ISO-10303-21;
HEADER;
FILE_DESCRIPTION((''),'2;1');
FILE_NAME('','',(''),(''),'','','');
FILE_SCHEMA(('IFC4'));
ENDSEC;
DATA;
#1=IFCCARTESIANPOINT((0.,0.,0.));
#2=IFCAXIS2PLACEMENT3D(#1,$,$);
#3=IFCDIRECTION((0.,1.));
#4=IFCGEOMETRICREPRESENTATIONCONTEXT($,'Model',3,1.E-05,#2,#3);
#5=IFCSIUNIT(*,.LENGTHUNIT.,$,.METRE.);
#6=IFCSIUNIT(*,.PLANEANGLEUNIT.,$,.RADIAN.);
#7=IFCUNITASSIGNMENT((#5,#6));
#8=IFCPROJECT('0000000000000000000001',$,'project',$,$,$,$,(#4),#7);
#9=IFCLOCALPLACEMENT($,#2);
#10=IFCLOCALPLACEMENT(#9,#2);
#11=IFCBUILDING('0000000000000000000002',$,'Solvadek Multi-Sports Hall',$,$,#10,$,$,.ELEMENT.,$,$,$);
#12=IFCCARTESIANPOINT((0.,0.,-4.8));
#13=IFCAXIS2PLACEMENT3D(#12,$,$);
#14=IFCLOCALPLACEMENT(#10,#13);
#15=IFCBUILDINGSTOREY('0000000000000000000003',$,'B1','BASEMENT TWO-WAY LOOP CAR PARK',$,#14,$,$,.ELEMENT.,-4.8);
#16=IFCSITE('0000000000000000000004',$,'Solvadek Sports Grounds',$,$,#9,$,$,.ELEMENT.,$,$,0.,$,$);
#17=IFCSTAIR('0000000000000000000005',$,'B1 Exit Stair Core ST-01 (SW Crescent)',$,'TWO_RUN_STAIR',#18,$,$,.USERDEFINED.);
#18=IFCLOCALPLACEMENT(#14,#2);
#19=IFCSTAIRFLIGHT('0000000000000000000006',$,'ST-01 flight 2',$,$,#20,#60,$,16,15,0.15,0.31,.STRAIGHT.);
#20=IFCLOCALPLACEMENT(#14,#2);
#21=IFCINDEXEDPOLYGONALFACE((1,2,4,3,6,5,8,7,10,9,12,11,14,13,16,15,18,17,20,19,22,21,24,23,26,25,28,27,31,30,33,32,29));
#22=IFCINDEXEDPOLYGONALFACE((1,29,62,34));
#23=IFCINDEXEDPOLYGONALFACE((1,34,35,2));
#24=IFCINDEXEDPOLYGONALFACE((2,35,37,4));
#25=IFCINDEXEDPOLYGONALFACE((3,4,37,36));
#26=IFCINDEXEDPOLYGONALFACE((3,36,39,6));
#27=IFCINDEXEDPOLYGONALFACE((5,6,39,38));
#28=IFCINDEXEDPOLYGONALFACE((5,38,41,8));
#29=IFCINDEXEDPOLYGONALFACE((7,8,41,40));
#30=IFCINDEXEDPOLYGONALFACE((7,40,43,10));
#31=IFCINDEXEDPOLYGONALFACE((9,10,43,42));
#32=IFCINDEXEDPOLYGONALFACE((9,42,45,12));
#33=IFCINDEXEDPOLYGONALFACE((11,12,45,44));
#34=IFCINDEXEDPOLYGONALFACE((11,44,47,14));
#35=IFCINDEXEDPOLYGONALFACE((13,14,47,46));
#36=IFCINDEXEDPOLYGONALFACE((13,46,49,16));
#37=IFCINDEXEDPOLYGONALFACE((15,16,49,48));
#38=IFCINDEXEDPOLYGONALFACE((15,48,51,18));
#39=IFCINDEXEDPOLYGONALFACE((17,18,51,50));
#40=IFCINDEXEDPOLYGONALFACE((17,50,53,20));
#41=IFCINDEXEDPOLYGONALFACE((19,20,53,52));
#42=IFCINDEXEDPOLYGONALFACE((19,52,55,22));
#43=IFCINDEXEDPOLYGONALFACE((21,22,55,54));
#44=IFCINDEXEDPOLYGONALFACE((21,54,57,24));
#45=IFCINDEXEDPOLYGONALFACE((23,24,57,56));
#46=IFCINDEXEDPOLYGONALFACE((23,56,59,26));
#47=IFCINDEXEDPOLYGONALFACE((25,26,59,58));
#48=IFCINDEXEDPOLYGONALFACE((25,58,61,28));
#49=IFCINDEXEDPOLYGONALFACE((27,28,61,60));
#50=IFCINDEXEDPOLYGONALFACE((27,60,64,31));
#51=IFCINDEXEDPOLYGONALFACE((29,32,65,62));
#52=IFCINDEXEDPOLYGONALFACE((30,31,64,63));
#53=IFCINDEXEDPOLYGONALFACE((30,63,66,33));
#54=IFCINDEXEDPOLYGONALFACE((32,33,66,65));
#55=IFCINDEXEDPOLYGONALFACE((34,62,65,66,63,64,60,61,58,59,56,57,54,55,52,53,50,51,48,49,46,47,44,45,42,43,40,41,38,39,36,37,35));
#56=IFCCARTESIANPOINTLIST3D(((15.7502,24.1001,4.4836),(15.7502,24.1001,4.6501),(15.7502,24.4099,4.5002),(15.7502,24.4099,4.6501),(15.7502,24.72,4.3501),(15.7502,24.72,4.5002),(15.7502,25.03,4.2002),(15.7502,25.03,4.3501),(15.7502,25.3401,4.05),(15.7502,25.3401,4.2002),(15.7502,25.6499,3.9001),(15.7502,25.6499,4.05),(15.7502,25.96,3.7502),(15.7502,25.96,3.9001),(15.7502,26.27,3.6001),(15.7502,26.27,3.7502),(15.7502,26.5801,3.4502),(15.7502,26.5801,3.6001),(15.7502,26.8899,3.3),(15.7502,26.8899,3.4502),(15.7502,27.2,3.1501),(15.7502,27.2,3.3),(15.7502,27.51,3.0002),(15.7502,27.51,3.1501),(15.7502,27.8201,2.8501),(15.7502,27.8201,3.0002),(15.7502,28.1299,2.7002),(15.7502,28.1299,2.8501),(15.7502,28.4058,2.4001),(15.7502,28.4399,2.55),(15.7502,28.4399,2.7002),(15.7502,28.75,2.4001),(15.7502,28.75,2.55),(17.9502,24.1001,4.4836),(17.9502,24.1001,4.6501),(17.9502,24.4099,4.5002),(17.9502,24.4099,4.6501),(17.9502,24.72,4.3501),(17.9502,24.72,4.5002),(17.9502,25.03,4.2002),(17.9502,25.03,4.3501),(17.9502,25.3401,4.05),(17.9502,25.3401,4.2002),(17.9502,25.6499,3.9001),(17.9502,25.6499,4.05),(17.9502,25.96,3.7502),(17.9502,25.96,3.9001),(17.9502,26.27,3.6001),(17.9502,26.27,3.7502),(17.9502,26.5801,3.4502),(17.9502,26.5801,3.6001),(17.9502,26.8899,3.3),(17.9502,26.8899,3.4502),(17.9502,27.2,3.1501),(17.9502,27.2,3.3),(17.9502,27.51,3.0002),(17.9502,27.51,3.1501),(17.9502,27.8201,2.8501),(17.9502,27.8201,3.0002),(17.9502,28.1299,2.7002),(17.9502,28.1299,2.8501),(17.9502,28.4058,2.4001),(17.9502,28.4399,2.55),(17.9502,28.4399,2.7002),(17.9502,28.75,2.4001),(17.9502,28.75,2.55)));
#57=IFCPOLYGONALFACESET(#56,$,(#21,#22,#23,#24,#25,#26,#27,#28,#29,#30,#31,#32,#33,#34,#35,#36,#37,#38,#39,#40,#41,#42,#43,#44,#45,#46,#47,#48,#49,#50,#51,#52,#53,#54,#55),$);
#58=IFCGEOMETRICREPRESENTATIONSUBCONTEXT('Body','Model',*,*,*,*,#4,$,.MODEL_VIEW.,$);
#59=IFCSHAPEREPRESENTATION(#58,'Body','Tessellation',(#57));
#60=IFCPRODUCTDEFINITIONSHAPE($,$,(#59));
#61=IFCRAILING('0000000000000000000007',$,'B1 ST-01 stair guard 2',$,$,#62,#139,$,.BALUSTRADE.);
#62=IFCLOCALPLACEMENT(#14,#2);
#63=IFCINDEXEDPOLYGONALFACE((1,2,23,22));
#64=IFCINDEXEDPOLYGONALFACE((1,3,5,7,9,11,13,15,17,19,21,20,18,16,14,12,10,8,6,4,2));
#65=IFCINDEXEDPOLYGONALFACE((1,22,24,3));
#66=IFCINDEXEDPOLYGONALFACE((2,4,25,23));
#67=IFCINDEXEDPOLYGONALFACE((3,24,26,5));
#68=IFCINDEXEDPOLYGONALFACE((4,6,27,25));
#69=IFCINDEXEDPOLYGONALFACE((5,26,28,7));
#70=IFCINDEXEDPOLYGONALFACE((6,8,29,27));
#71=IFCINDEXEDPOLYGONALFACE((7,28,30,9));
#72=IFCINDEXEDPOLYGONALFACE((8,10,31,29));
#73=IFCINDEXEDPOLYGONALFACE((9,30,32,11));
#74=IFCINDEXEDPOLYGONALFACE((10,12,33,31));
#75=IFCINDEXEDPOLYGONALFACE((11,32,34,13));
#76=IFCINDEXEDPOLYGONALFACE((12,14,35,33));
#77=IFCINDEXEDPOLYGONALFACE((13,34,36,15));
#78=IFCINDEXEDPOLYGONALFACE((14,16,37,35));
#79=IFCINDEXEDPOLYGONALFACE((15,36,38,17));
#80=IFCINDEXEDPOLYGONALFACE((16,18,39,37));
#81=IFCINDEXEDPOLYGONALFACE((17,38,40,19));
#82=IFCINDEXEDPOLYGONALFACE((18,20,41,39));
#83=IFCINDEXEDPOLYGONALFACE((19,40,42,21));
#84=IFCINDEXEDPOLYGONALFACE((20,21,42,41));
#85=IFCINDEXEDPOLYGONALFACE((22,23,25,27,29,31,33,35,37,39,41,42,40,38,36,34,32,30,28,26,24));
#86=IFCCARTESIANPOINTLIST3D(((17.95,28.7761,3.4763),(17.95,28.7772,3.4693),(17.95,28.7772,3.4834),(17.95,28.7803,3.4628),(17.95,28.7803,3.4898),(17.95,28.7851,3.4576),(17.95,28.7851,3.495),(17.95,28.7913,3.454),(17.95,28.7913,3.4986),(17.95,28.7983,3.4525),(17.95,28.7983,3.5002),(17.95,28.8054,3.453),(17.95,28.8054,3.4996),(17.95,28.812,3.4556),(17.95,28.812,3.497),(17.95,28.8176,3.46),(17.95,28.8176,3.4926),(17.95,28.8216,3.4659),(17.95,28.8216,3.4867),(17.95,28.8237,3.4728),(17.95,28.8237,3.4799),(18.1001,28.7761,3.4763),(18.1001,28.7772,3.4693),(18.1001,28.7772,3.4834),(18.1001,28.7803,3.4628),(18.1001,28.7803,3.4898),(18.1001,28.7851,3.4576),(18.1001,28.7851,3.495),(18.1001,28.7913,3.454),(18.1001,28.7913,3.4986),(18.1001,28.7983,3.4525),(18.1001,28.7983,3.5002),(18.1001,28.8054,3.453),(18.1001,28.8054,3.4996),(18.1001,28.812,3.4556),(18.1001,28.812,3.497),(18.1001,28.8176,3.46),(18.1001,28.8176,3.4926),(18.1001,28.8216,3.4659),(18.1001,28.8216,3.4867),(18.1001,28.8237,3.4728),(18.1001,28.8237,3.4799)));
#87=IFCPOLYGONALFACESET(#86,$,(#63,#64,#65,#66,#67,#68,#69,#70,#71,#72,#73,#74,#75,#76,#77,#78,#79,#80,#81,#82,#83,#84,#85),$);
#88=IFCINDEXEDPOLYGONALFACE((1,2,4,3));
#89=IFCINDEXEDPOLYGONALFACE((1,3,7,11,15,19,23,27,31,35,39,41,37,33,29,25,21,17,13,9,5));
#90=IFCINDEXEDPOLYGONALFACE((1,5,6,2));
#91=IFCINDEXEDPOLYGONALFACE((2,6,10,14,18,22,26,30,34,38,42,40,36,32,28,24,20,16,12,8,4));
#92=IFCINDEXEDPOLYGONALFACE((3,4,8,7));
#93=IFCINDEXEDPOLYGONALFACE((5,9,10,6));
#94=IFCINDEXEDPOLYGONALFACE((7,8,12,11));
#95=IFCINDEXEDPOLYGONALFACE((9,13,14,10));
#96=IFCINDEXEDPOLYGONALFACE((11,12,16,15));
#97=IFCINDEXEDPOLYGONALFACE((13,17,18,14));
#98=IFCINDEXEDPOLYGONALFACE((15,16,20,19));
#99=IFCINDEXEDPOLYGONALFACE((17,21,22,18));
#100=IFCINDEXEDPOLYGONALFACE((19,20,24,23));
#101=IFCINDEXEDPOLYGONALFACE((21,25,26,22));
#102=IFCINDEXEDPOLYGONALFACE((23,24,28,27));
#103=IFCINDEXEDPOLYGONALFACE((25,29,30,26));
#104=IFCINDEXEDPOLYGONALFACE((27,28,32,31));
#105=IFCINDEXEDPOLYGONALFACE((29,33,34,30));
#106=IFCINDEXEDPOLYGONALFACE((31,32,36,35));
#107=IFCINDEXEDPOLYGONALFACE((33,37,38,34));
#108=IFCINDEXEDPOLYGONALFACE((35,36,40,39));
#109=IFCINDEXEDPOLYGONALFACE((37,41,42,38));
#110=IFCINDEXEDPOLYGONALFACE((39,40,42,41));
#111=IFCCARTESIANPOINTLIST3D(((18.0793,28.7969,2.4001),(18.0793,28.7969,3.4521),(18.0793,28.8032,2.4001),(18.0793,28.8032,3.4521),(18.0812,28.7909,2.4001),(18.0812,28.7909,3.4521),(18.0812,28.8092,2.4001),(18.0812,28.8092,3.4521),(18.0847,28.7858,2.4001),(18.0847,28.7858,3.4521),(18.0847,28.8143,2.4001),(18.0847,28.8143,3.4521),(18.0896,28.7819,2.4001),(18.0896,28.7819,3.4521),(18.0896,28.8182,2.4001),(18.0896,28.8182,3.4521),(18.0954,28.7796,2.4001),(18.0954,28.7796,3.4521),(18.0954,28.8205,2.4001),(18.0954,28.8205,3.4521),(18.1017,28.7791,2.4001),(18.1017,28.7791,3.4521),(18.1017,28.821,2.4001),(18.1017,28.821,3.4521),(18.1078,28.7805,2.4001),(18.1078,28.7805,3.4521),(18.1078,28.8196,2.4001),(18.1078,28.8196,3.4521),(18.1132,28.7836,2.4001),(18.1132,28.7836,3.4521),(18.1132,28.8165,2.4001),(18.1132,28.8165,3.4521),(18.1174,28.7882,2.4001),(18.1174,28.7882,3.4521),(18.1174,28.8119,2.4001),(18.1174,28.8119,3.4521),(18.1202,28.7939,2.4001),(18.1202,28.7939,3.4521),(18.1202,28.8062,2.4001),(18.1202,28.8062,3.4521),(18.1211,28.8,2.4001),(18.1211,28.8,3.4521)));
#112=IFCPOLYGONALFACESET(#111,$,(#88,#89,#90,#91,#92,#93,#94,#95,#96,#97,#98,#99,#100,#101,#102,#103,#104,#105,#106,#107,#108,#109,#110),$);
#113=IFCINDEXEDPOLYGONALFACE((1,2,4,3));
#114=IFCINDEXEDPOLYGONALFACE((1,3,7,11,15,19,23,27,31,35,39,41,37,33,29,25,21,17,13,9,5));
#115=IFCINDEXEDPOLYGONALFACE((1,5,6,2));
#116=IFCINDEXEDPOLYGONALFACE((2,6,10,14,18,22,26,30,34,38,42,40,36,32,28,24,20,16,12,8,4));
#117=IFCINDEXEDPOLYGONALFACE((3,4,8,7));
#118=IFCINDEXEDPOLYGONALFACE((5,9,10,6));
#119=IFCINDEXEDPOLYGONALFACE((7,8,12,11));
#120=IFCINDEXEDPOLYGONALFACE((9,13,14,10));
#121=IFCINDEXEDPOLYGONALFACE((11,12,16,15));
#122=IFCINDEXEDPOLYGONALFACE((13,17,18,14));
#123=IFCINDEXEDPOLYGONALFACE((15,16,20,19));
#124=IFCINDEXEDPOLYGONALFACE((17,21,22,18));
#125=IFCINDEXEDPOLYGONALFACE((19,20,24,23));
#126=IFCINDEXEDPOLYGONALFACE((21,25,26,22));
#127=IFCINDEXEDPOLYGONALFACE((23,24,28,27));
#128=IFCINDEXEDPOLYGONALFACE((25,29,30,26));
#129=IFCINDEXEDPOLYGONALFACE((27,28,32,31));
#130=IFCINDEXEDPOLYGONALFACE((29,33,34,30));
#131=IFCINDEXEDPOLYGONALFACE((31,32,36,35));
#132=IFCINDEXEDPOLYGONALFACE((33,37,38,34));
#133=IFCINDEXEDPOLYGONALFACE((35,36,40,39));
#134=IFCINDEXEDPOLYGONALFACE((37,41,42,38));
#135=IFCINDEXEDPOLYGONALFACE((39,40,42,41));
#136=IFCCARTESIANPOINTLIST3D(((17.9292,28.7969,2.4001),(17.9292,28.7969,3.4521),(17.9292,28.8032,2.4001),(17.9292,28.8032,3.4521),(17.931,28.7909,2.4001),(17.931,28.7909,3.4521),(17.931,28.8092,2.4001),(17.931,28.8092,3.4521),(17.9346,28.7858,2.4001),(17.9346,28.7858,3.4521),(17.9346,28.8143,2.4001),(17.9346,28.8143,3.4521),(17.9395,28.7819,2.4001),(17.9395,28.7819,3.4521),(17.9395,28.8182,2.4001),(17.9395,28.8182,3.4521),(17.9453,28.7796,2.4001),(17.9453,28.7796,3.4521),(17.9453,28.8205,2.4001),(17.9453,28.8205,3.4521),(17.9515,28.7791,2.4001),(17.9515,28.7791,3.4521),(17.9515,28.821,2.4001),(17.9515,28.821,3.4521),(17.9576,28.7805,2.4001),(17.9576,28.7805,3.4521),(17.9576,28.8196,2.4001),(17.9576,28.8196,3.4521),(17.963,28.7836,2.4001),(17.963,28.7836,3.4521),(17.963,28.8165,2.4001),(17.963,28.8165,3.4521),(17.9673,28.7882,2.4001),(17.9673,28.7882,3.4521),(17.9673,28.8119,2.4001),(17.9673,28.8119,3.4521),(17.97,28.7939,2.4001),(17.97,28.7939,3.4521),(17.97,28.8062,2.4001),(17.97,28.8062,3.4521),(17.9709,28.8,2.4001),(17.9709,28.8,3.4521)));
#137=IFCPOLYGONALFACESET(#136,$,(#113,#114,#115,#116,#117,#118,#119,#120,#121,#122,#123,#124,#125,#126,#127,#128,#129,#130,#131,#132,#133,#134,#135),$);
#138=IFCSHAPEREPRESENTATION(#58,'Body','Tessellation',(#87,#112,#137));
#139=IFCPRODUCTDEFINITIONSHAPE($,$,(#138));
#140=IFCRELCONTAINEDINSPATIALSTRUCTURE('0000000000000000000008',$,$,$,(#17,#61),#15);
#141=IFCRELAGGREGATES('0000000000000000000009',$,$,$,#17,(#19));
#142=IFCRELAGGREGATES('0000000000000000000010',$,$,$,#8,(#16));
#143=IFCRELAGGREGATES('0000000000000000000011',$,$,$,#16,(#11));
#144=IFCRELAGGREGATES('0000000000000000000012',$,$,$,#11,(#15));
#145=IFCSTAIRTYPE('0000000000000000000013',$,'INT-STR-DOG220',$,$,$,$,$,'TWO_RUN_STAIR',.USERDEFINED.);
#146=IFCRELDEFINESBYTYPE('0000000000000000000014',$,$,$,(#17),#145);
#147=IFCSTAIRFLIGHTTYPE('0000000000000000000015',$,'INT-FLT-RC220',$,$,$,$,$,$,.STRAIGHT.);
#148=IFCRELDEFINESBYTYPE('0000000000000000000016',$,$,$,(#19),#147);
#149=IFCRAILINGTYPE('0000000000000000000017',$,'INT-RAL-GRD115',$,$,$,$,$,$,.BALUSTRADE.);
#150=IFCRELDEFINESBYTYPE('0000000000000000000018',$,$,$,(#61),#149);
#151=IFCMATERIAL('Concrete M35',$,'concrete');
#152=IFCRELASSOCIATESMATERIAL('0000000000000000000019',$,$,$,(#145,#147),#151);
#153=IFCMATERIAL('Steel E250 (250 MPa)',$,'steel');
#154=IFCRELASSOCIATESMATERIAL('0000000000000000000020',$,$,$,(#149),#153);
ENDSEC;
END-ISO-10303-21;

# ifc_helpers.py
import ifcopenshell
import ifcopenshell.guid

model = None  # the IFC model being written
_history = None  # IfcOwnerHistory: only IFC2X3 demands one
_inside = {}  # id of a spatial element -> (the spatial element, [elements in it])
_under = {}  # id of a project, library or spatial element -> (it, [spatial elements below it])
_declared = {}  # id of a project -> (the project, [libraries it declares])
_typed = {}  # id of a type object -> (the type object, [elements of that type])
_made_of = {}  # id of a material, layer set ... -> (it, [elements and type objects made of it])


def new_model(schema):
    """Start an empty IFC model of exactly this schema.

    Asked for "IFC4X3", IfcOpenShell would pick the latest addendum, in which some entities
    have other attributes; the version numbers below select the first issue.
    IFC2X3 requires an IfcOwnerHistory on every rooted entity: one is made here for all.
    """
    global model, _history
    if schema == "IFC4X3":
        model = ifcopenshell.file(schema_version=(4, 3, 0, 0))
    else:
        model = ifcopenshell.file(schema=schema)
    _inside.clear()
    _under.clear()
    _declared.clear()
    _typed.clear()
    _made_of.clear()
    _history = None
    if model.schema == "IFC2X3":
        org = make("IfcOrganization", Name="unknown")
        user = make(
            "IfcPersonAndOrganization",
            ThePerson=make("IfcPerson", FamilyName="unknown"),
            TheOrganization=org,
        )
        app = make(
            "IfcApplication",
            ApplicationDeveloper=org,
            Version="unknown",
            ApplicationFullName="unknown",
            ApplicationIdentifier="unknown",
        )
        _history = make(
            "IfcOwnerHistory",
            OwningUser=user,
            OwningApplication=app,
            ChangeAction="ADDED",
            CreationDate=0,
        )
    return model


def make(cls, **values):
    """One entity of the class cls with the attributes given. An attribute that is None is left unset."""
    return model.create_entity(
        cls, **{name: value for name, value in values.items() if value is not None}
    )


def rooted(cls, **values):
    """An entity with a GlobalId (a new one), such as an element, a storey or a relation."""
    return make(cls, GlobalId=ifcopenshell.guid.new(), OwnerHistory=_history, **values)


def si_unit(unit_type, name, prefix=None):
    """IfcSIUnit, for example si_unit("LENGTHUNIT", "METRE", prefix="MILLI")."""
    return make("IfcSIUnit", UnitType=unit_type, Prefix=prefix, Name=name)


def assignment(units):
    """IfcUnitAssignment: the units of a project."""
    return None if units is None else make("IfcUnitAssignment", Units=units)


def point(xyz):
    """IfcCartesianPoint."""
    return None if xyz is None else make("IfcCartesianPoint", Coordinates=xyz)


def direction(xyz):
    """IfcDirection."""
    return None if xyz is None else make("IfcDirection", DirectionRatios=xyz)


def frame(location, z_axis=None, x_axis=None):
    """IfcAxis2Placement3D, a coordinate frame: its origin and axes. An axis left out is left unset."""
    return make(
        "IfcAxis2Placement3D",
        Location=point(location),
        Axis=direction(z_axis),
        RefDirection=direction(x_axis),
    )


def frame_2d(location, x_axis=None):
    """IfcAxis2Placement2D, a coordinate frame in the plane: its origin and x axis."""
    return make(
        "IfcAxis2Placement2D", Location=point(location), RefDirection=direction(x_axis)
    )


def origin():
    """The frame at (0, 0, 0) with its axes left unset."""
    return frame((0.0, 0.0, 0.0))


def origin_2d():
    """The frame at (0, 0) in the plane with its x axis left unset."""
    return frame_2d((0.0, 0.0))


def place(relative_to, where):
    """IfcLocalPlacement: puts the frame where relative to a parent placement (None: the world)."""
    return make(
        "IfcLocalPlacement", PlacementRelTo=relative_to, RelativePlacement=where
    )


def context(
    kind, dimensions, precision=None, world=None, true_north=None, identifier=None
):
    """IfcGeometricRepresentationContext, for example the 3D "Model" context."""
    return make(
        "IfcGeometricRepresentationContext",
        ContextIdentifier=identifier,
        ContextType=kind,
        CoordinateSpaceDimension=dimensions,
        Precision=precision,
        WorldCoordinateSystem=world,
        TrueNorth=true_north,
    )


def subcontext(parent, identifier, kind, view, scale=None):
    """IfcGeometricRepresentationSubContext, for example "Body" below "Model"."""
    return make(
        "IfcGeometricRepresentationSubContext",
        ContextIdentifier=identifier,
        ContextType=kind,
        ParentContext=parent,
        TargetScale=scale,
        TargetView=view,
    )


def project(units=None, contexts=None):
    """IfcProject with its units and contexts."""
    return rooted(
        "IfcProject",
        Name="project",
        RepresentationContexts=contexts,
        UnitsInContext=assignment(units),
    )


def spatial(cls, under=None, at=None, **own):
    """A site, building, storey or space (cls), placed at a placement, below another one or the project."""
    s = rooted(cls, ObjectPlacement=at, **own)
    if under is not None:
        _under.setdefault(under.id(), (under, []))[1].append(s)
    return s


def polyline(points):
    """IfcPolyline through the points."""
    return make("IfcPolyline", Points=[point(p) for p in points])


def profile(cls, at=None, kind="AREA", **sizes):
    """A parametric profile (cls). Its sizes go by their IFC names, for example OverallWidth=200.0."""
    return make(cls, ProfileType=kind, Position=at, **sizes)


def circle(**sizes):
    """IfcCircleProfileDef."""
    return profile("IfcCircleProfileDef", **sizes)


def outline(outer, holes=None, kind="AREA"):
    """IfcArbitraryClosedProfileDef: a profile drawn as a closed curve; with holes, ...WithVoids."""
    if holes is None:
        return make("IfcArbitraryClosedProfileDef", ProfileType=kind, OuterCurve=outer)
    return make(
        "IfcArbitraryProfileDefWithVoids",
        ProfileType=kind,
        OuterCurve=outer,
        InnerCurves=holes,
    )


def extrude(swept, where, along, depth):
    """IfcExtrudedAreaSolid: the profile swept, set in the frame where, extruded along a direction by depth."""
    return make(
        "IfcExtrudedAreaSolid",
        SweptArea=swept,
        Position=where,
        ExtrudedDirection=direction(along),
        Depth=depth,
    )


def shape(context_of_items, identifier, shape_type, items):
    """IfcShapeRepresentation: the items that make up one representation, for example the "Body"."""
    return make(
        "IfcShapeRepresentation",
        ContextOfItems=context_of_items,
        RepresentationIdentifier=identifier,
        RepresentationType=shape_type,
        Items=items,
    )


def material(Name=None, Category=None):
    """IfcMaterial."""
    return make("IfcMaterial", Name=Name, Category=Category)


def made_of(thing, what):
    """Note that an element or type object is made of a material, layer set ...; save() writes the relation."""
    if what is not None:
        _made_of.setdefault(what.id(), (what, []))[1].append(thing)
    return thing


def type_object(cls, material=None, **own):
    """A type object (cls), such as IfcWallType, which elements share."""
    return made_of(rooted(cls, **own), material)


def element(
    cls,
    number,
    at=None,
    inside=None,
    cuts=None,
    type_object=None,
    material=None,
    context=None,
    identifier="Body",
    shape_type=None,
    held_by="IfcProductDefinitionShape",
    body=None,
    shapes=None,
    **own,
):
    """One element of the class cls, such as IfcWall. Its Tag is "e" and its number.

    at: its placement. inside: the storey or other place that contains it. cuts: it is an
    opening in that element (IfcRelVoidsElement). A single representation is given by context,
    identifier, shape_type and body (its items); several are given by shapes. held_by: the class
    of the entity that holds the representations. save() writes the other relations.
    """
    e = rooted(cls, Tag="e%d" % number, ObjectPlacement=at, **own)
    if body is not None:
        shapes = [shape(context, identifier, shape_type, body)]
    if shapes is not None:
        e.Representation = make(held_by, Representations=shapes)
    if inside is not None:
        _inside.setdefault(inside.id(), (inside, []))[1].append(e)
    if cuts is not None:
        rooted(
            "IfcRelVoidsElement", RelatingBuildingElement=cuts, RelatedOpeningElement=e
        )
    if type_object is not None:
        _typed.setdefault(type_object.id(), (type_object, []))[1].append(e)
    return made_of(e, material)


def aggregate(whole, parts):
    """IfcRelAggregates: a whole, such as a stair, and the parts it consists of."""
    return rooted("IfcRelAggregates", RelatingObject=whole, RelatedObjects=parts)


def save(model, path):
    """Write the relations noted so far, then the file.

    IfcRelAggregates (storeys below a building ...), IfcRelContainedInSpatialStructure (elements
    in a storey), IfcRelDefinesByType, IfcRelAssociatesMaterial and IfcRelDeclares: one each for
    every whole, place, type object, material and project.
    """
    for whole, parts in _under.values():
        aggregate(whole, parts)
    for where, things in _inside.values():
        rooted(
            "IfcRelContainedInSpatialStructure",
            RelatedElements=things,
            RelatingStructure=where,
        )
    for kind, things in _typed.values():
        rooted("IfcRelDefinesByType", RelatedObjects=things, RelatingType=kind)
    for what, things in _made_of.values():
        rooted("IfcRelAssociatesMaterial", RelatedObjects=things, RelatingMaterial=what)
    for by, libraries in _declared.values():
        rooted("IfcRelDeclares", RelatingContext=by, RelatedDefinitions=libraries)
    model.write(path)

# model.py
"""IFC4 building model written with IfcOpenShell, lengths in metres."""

from ifc_helpers import new_model, si_unit, direction, frame, origin, origin_2d, place, context, subcontext, project, spatial, polyline, circle, outline, extrude, material, type_object, element, aggregate, save


model = new_model("IFC4")

# Units and contexts
model_context = context("Model", 3, precision=1e-05, world=origin(), true_north=direction((0.0, 1.0)))
body_context = subcontext(model_context, "Body", "Model", "MODEL_VIEW")
ifc_project = project(units=[si_unit("LENGTHUNIT", "METRE"), si_unit("PLANEANGLEUNIT", "RADIAN")], contexts=[model_context])

# Site, building, storey
site_placement = place(None, origin())
site = spatial("IfcSite", under=ifc_project, at=site_placement, Name="Solvadek Sports Grounds", CompositionType="ELEMENT", RefElevation=0.0)
building_placement = place(site_placement, origin())
building = spatial("IfcBuilding", under=site, at=building_placement, Name="Solvadek Multi-Sports Hall", CompositionType="ELEMENT")
storey_placement = place(building_placement, frame((0.0, 0.0, -4.8)))
storey = spatial("IfcBuildingStorey", under=building, at=storey_placement, Name="B1", Description="BASEMENT TWO-WAY LOOP CAR PARK", CompositionType="ELEMENT", Elevation=-4.8)

# Shared definitions
ifc_material_1 = material(Name="Concrete M35", Category="concrete")

# Stair, stair flight
stair_type = type_object("IfcStairType", Name="INT-STR-DOG220", ElementType="TWO_RUN_STAIR", PredefinedType="USERDEFINED", material=ifc_material_1)
stair_placement = place(storey_placement, origin())
stair = element("IfcStair", 1, at=stair_placement, inside=storey, type_object=stair_type, Name="B1 Exit Stair Core ST-01 (SW Crescent)", ObjectType="TWO_RUN_STAIR", PredefinedType="USERDEFINED")
stair_flight_type = type_object("IfcStairFlightType", Name="INT-FLT-RC220", PredefinedType="STRAIGHT", material=ifc_material_1)
stair_flight_placement = place(storey_placement, frame((16.8501, 28.75, 2.4001), z_axis=(0.0, 0.0, 1.0), x_axis=(0.0, -1.0, 0.0)))
stair_flight = element("IfcStairFlight", 2, at=stair_flight_placement, type_object=stair_flight_type, Name="ST-01 flight 2", NumberOfRisers=16, NumberOfTreads=15, PredefinedType="STRAIGHT", RiserHeight=0.15, TreadLength=0.31, context=body_context, shape_type="SweptSolid", body=[
    extrude(outline(polyline([(0.0, 0.0), (0.0, 0.1499), (0.3101, 0.1499), (0.3101, 0.3), (0.6201, 0.3), (0.6201, 0.45), (0.9299, 0.45), (0.9299, 0.6001), (1.24, 0.6001), (1.24, 0.75), (1.55, 0.75), (1.55, 0.8999), (1.8601, 0.8999), (1.8601, 1.05), (2.1699, 1.05), (2.1699, 1.2), (2.48, 1.2), (2.48, 1.3501), (2.79, 1.3501), (2.79, 1.5), (3.1001, 1.5), (3.1001, 1.6499), (3.4099, 1.6499), (3.4099, 1.8), (3.72, 1.8), (3.72, 1.95), (4.03, 1.95), (4.03, 2.1001), (4.3401, 2.1001), (4.3401, 2.25), (4.6499, 2.25), (4.6499, 2.3999), (4.6499, 2.0835), (0.3442, 0.0), (0.0, 0.0)])), frame((0.0, 1.1001, 0.0), z_axis=(0.0, -1.0, 0.0), x_axis=(1.0, 0.0, 0.0)), (0.0, 0.0, 1.0), 2.2),
])
aggregate(stair, [stair_flight])

# Railing
ifc_material_2 = material(Name="Steel E250 (250 MPa)", Category="steel")
railing_type_1 = type_object("IfcRailingType", Name="INT-RAL-GRD115", PredefinedType="BALUSTRADE", material=ifc_material_2)
railing_1_placement = place(storey_placement, frame((18.1001, 28.8, 2.4001)))
element("IfcRailing", 3, at=railing_1_placement, inside=storey, type_object=railing_type_1, Name="B1 ST-01 stair guard 2", PredefinedType="BALUSTRADE", context=body_context, shape_type="SweptSolid", body=[
    extrude(circle(Radius=0.0239, at=origin_2d()), frame((0.0, 0.0, 1.0762), z_axis=(-1.0, 0.0, 0.0), x_axis=(0.0, -1.0, 0.0)), (0.0, 0.0, 1.0), 0.1501),
    extrude(circle(Radius=0.021, at=origin_2d()), origin(), (0.0, 0.0, 1.0), 1.052),
    extrude(circle(Radius=0.021, at=origin_2d()), frame((-0.1501, 0.0, 0.0)), (0.0, 0.0, 1.0), 1.052),
])

save(model, "model.ifc")
